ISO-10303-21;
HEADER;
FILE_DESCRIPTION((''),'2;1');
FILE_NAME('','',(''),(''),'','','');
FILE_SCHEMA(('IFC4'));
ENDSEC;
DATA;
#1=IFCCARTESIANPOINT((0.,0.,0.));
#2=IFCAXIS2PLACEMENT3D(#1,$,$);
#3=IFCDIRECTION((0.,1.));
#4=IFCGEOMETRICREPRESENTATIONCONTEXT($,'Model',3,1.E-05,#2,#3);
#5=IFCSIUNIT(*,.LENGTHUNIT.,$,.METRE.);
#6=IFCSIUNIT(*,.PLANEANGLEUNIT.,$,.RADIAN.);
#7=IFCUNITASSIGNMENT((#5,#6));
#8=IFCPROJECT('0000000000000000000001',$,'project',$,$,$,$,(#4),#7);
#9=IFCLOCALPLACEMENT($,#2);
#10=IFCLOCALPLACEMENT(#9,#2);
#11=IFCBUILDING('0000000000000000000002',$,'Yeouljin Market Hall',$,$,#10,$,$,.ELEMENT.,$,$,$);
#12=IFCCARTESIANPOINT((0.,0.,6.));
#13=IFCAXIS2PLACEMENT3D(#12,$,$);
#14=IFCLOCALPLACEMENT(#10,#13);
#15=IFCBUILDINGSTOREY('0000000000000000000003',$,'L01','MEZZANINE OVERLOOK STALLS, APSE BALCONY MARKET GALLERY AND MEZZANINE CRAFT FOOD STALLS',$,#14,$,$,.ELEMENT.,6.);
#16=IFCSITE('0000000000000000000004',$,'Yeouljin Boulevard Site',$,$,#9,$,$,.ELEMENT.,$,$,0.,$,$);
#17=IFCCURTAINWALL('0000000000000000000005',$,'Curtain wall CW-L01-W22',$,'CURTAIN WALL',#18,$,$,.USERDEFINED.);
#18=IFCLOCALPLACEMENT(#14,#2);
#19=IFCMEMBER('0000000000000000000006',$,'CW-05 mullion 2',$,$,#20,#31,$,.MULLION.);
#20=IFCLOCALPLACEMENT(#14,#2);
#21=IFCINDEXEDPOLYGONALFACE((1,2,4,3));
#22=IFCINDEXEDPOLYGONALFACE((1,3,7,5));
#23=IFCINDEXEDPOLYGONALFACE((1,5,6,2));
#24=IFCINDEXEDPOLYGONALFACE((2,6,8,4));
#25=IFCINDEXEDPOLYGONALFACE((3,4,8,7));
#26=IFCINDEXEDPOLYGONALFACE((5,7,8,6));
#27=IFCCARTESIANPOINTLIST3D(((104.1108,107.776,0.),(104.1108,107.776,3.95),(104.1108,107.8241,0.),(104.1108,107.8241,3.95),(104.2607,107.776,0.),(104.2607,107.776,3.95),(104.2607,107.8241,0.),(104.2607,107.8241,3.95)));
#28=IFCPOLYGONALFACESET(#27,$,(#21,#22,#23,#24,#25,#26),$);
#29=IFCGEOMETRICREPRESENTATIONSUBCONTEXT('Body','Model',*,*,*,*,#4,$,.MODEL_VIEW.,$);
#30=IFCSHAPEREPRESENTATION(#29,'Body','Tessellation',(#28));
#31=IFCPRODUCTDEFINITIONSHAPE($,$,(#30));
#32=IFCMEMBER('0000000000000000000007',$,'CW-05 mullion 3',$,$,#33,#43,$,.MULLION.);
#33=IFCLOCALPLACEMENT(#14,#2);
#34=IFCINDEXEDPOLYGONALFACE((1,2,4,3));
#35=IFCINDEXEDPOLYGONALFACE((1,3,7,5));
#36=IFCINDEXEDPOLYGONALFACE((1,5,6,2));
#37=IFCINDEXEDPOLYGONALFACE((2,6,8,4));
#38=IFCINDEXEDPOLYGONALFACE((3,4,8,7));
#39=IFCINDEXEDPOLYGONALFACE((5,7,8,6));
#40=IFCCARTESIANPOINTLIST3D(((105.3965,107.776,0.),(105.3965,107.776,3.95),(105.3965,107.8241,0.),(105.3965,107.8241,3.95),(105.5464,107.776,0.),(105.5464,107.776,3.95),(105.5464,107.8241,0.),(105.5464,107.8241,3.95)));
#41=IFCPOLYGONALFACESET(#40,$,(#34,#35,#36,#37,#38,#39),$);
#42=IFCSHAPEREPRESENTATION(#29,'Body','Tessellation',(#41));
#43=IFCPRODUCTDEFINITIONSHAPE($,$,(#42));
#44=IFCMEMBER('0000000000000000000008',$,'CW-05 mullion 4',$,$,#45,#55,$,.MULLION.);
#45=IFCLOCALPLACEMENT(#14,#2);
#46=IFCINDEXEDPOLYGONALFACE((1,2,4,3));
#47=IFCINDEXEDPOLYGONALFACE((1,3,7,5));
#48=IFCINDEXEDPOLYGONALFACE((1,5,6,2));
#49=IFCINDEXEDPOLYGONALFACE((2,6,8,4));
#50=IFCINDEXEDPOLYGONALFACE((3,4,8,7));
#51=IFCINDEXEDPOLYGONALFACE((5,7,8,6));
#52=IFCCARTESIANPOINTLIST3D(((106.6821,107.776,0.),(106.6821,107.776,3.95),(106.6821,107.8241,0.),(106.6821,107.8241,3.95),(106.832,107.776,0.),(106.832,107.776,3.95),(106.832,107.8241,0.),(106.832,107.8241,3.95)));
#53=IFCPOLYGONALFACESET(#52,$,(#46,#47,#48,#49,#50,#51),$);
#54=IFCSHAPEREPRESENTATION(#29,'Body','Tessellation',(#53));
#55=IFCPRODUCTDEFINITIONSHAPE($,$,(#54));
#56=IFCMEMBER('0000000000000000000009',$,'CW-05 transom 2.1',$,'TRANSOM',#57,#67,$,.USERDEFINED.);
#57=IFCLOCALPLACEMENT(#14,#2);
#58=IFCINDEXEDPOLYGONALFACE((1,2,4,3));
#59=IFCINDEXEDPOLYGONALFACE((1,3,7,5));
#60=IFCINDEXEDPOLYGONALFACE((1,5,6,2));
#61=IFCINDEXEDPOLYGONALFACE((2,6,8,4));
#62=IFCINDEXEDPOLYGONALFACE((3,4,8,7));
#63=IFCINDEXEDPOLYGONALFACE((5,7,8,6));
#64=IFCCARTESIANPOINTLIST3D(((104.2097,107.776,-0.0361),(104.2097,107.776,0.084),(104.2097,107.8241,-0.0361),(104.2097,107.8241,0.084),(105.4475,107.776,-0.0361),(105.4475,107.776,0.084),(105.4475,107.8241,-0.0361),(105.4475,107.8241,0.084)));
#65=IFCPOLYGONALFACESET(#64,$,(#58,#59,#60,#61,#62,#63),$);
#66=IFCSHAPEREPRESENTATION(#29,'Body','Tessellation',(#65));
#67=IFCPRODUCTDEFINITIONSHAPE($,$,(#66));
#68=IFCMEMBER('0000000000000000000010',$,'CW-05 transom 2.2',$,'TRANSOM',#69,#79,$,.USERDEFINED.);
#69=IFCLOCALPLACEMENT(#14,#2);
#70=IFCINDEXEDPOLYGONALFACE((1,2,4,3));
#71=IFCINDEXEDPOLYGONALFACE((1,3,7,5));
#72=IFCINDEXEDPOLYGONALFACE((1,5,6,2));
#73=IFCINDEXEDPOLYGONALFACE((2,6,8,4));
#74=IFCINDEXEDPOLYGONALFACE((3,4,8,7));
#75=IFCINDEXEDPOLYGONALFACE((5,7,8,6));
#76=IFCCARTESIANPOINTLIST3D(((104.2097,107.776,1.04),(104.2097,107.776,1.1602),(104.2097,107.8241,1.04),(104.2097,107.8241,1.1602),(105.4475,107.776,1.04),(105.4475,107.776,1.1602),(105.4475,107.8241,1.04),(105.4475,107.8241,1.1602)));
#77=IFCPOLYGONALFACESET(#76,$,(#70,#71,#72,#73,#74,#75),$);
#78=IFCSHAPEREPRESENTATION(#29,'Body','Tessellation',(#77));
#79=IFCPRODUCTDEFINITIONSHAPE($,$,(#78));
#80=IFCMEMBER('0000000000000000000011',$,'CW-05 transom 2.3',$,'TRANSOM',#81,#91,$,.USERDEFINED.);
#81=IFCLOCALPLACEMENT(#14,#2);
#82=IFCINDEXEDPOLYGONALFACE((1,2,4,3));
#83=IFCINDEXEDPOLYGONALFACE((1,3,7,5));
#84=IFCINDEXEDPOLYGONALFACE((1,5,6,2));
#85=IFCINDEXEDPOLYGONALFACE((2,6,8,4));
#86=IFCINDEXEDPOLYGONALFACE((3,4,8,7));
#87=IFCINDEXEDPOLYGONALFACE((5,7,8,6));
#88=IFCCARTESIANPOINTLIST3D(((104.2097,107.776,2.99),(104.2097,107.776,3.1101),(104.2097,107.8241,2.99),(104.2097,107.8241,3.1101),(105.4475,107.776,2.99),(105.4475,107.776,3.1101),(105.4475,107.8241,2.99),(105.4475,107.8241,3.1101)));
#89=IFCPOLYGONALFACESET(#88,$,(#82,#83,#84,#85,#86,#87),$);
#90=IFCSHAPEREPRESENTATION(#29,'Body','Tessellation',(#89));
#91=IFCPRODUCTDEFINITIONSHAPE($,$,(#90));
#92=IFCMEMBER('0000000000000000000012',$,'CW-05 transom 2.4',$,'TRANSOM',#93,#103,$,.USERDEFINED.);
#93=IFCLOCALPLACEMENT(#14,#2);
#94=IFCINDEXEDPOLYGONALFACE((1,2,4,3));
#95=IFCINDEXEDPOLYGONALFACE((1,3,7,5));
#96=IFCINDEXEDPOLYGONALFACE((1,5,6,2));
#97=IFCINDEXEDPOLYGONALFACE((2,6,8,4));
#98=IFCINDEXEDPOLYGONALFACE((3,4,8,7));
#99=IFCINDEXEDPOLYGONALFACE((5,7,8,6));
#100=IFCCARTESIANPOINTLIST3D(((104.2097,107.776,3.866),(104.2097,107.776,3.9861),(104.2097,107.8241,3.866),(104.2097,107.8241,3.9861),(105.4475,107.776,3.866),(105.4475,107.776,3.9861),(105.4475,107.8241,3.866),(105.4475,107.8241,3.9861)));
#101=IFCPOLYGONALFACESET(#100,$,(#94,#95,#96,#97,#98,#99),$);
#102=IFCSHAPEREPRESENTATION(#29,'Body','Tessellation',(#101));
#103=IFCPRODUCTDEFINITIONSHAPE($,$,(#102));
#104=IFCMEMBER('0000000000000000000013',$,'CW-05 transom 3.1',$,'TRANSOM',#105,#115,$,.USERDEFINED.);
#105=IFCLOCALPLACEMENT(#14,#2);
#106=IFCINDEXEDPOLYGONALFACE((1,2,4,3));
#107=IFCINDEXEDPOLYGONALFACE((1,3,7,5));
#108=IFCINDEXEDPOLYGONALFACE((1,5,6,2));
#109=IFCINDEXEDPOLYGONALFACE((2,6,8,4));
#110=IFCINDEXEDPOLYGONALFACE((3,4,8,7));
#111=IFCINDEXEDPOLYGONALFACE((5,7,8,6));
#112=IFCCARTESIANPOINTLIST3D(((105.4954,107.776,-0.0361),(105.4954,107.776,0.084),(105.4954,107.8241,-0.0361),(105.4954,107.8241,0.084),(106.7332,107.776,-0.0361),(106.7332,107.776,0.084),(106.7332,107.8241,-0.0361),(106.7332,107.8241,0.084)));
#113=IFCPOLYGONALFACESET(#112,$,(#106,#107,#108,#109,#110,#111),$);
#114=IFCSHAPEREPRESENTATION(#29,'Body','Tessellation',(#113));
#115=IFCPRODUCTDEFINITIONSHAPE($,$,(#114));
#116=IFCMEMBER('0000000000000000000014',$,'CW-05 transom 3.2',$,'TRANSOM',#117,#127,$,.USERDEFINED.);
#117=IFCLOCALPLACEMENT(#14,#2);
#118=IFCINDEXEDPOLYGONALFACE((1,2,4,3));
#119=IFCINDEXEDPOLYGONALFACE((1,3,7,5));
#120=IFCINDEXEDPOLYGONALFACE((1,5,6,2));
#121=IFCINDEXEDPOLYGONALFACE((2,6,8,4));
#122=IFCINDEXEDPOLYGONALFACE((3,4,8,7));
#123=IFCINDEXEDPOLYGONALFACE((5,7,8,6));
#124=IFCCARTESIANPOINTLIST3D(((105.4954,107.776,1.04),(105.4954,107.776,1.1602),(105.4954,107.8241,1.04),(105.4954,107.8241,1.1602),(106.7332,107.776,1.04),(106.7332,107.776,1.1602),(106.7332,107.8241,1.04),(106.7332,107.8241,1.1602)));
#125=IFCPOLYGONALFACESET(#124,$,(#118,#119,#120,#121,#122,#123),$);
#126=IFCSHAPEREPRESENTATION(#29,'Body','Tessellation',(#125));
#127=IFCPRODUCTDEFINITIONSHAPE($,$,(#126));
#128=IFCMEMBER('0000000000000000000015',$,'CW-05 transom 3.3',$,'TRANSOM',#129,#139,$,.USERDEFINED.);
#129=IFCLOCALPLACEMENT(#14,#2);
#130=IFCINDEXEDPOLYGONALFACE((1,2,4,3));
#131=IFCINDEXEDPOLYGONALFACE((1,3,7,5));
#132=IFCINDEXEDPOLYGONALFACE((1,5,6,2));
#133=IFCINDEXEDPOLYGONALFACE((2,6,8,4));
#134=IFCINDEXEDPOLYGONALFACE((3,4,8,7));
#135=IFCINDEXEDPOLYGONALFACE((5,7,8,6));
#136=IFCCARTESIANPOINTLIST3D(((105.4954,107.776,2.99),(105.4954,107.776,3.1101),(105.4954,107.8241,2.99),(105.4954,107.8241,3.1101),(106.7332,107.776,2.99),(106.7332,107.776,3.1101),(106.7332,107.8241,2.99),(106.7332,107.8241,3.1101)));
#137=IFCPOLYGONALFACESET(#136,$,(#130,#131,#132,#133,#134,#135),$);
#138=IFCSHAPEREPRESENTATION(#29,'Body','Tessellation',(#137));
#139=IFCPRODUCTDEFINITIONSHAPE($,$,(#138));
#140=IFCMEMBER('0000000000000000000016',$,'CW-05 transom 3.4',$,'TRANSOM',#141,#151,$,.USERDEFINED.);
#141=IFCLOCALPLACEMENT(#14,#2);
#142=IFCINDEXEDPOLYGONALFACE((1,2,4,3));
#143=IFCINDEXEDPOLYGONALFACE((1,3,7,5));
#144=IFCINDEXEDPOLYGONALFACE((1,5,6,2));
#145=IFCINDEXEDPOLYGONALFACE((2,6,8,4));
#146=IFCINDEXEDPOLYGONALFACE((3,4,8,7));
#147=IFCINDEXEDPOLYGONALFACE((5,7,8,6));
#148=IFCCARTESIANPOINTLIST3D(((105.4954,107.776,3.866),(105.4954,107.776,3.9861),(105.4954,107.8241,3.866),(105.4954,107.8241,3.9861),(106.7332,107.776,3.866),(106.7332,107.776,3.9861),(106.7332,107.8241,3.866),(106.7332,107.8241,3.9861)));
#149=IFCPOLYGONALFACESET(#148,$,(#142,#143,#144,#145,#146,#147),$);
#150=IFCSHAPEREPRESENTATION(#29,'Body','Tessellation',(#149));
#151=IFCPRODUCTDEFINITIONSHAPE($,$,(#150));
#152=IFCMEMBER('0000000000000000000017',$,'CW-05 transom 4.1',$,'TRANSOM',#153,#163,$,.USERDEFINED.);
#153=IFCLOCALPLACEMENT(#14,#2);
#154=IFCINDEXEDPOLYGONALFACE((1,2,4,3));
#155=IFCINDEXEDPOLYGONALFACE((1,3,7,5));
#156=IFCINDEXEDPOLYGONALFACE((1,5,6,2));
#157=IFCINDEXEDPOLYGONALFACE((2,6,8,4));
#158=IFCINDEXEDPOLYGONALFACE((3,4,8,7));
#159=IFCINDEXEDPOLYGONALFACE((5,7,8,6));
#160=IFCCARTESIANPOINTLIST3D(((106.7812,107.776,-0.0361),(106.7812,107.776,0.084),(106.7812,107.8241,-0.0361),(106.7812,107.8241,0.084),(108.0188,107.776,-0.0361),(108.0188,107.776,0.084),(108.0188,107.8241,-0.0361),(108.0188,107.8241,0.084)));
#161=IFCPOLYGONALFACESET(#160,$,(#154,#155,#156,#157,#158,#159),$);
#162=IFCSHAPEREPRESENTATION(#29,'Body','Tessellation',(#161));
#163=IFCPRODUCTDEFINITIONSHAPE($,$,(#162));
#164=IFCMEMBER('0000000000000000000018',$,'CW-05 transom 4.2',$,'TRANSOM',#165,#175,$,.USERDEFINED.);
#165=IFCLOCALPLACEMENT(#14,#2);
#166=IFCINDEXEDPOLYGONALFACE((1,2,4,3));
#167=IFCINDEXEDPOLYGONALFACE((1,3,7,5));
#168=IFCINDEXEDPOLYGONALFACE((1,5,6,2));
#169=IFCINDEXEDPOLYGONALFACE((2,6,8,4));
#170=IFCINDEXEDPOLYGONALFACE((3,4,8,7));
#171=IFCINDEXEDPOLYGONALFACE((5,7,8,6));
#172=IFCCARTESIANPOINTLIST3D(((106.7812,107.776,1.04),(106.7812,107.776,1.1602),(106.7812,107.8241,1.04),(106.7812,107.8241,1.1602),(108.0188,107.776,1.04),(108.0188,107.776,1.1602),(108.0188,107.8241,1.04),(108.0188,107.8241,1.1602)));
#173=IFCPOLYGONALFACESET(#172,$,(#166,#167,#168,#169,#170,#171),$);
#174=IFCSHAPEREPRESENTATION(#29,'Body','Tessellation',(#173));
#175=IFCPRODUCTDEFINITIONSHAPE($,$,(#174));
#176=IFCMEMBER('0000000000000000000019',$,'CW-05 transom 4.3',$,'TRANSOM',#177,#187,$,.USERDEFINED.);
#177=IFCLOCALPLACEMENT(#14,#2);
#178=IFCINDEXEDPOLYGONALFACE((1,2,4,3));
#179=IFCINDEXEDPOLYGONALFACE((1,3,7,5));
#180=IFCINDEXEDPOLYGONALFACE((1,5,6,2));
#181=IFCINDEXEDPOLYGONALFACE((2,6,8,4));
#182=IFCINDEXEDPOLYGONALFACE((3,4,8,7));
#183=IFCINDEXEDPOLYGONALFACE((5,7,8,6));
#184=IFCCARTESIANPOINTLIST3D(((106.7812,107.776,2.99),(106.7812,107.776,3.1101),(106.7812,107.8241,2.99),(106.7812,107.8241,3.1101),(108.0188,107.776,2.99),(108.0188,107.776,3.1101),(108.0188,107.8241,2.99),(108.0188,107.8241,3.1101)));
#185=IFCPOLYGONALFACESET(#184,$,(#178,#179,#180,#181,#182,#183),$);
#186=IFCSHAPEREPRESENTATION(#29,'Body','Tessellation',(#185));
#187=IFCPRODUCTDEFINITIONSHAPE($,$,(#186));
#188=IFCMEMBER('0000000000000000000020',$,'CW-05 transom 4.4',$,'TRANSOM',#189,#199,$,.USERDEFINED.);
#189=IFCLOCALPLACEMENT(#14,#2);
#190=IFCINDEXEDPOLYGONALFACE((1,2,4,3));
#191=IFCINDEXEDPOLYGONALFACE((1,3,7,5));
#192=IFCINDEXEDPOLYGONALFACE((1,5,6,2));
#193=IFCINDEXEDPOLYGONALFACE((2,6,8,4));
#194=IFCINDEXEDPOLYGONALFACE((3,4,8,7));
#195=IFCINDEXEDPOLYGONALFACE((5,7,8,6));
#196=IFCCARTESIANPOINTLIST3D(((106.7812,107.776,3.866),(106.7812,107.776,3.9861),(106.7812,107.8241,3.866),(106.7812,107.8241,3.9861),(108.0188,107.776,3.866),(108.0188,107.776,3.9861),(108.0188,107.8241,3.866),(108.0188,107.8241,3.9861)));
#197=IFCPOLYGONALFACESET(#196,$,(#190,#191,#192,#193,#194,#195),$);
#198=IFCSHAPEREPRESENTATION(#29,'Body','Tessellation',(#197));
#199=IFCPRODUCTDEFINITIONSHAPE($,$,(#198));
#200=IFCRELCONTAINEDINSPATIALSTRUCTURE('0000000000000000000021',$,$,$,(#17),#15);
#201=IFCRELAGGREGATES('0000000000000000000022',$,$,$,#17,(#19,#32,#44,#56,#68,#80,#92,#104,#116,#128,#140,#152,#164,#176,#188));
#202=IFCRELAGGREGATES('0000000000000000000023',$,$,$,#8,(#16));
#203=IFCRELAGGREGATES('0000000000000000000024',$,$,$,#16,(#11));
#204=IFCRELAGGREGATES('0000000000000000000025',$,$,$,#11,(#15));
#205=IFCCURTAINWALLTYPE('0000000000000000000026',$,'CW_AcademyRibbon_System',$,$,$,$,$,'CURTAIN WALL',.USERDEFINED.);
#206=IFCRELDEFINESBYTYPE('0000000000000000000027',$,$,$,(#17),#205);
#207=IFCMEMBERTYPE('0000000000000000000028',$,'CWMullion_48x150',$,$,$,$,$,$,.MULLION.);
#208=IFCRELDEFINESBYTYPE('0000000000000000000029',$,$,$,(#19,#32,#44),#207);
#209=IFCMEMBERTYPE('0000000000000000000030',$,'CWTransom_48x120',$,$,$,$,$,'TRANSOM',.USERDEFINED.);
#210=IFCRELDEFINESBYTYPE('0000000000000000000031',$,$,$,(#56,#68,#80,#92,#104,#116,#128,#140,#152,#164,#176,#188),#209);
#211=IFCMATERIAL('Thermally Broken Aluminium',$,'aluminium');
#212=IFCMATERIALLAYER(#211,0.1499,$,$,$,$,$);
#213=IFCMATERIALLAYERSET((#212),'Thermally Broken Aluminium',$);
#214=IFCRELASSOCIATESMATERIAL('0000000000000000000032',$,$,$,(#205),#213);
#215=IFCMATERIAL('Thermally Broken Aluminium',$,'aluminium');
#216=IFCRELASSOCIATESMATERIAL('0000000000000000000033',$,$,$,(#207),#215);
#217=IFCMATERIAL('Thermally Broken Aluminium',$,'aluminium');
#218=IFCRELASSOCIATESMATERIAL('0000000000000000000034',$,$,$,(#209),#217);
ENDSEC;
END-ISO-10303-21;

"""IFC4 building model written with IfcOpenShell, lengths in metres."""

from ifc_helpers import new_model, si_unit, direction, frame, origin, origin_2d, place, context, subcontext, project, spatial, rectangle, extrude, material, layer, layer_set, material_profile, profile_set, type_object, element, aggregate, save


model = new_model("IFC4")

# Units and contexts
model_context = context("Model", 3, precision=1e-05, world=origin(), true_north=direction((0.0, 1.0)))
body_context = subcontext(model_context, "Body", "Model", "MODEL_VIEW")
ifc_project = project(units=[si_unit("LENGTHUNIT", "METRE"), si_unit("PLANEANGLEUNIT", "RADIAN")], contexts=[model_context])

# Site, building, storey
site_placement = place(None, origin())
site = spatial("IfcSite", under=ifc_project, at=site_placement, Name="Yeouljin Boulevard Site", CompositionType="ELEMENT", RefElevation=0.0)
building_placement = place(site_placement, origin())
building = spatial("IfcBuilding", under=site, at=building_placement, Name="Yeouljin Market Hall", CompositionType="ELEMENT")
storey_placement = place(building_placement, frame((0.0, 0.0, 6.0)))
storey = spatial("IfcBuildingStorey", under=building, at=storey_placement, Name="L01", Description="MEZZANINE OVERLOOK STALLS, APSE BALCONY MARKET GALLERY AND MEZZANINE CRAFT FOOD STALLS", CompositionType="ELEMENT", Elevation=6.0)

# Curtain wall, members
ifc_material_1 = material(Name="Thermally Broken Aluminium", Category="aluminium")
ifc_layer_1 = layer(ifc_material_1, 0.1499)
ifc_layer_set_1 = layer_set([ifc_layer_1], Name="Thermally Broken Aluminium")
curtain_wall_type = type_object("IfcCurtainWallType", Name="CW_AcademyRibbon_System", ElementType="CURTAIN WALL", PredefinedType="USERDEFINED", material=ifc_layer_set_1)
curtain_wall_placement = place(storey_placement, origin())
curtain_wall = element("IfcCurtainWall", 1, at=curtain_wall_placement, inside=storey, type_object=curtain_wall_type, Name="Curtain wall CW-L01-W22", ObjectType="CURTAIN WALL", PredefinedType="USERDEFINED")
ifc_material_2 = material(Name="Thermally Broken Aluminium", Category="aluminium")
ifc_material_profile_1 = material_profile(ifc_material_2, rectangle(XDim=0.0481, YDim=0.1499, at=origin_2d()), Name="CW-MULL-48x150")
ifc_profile_set_1 = profile_set([ifc_material_profile_1], Name="Thermally Broken Aluminium")
member_type_1 = type_object("IfcMemberType", Name="CWMullion_48x150", PredefinedType="MULLION", material=ifc_profile_set_1)
member_1_placement = place(storey_placement, frame((104.1858, 107.8, 0.0), z_axis=(0.0, 0.0, 1.0), x_axis=(0.0, 1.0, 0.0)))
member_1 = element("IfcMember", 2, at=member_1_placement, type_object=member_type_1, Name="CW-05 mullion 2", PredefinedType="MULLION", context=body_context, shape_type="SweptSolid", body=[
    extrude(rectangle(XDim=0.0481, YDim=0.1499, at=origin_2d()), origin(), (0.0, 0.0, 1.0), 3.95),
])
member_2_placement = place(storey_placement, frame((105.4714, 107.8, 0.0), z_axis=(0.0, 0.0, 1.0), x_axis=(0.0, 1.0, 0.0)))
member_2 = element("IfcMember", 3, at=member_2_placement, type_object=member_type_1, Name="CW-05 mullion 3", PredefinedType="MULLION", context=body_context, shape_type="SweptSolid", body=[
    extrude(rectangle(XDim=0.0481, YDim=0.1499, at=origin_2d()), origin(), (0.0, 0.0, 1.0), 3.95),
])
member_3_placement = place(storey_placement, frame((106.7571, 107.8, 0.0), z_axis=(0.0, 0.0, 1.0), x_axis=(0.0, 1.0, 0.0)))
member_3 = element("IfcMember", 4, at=member_3_placement, type_object=member_type_1, Name="CW-05 mullion 4", PredefinedType="MULLION", context=body_context, shape_type="SweptSolid", body=[
    extrude(rectangle(XDim=0.0481, YDim=0.1499, at=origin_2d()), origin(), (0.0, 0.0, 1.0), 3.95),
])
ifc_material_3 = material(Name="Thermally Broken Aluminium", Category="aluminium")
ifc_material_profile_2 = material_profile(ifc_material_3, rectangle(XDim=0.0481, YDim=0.1201, at=origin_2d()), Name="CW-TRAN-48x120")
ifc_profile_set_2 = profile_set([ifc_material_profile_2], Name="Thermally Broken Aluminium")
member_type_2 = type_object("IfcMemberType", Name="CWTransom_48x120", ElementType="TRANSOM", PredefinedType="USERDEFINED", material=ifc_profile_set_2)
member_4_placement = place(storey_placement, frame((104.2097, 107.8, 0.0239), z_axis=(1.0, 0.0, 0.0), x_axis=(0.0, 1.0, 0.0)))
member_4 = element("IfcMember", 5, at=member_4_placement, type_object=member_type_2, Name="CW-05 transom 2.1", ObjectType="TRANSOM", PredefinedType="USERDEFINED", context=body_context, shape_type="SweptSolid", body=[
    extrude(rectangle(XDim=0.0481, YDim=0.1201, at=origin_2d()), origin(), (0.0, 0.0, 1.0), 1.2378),
])
member_5_placement = place(storey_placement, frame((104.2097, 107.8, 1.1001), z_axis=(1.0, 0.0, 0.0), x_axis=(0.0, 1.0, 0.0)))
member_5 = element("IfcMember", 6, at=member_5_placement, type_object=member_type_2, Name="CW-05 transom 2.2", ObjectType="TRANSOM", PredefinedType="USERDEFINED", context=body_context, shape_type="SweptSolid", body=[
    extrude(rectangle(XDim=0.0481, YDim=0.1201, at=origin_2d()), origin(), (0.0, 0.0, 1.0), 1.2378),
])
member_6_placement = place(storey_placement, frame((104.2097, 107.8, 3.05), z_axis=(1.0, 0.0, 0.0), x_axis=(0.0, 1.0, 0.0)))
member_6 = element("IfcMember", 7, at=member_6_placement, type_object=member_type_2, Name="CW-05 transom 2.3", ObjectType="TRANSOM", PredefinedType="USERDEFINED", context=body_context, shape_type="SweptSolid", body=[
    extrude(rectangle(XDim=0.0481, YDim=0.1201, at=origin_2d()), origin(), (0.0, 0.0, 1.0), 1.2378),
])
member_7_placement = place(storey_placement, frame((104.2097, 107.8, 3.926), z_axis=(1.0, 0.0, 0.0), x_axis=(0.0, 1.0, 0.0)))
member_7 = element("IfcMember", 8, at=member_7_placement, type_object=member_type_2, Name="CW-05 transom 2.4", ObjectType="TRANSOM", PredefinedType="USERDEFINED", context=body_context, shape_type="SweptSolid", body=[
    extrude(rectangle(XDim=0.0481, YDim=0.1201, at=origin_2d()), origin(), (0.0, 0.0, 1.0), 1.2378),
])
member_8_placement = place(storey_placement, frame((105.4954, 107.8, 0.0239), z_axis=(1.0, 0.0, 0.0), x_axis=(0.0, 1.0, 0.0)))
member_8 = element("IfcMember", 9, at=member_8_placement, type_object=member_type_2, Name="CW-05 transom 3.1", ObjectType="TRANSOM", PredefinedType="USERDEFINED", context=body_context, shape_type="SweptSolid", body=[
    extrude(rectangle(XDim=0.0481, YDim=0.1201, at=origin_2d()), origin(), (0.0, 0.0, 1.0), 1.2378),
])
member_9_placement = place(storey_placement, frame((105.4954, 107.8, 1.1001), z_axis=(1.0, 0.0, 0.0), x_axis=(0.0, 1.0, 0.0)))
member_9 = element("IfcMember", 10, at=member_9_placement, type_object=member_type_2, Name="CW-05 transom 3.2", ObjectType="TRANSOM", PredefinedType="USERDEFINED", context=body_context, shape_type="SweptSolid", body=[
    extrude(rectangle(XDim=0.0481, YDim=0.1201, at=origin_2d()), origin(), (0.0, 0.0, 1.0), 1.2378),
])
member_10_placement = place(storey_placement, frame((105.4954, 107.8, 3.05), z_axis=(1.0, 0.0, 0.0), x_axis=(0.0, 1.0, 0.0)))
member_10 = element("IfcMember", 11, at=member_10_placement, type_object=member_type_2, Name="CW-05 transom 3.3", ObjectType="TRANSOM", PredefinedType="USERDEFINED", context=body_context, shape_type="SweptSolid", body=[
    extrude(rectangle(XDim=0.0481, YDim=0.1201, at=origin_2d()), origin(), (0.0, 0.0, 1.0), 1.2378),
])
member_11_placement = place(storey_placement, frame((105.4954, 107.8, 3.926), z_axis=(1.0, 0.0, 0.0), x_axis=(0.0, 1.0, 0.0)))
member_11 = element("IfcMember", 12, at=member_11_placement, type_object=member_type_2, Name="CW-05 transom 3.4", ObjectType="TRANSOM", PredefinedType="USERDEFINED", context=body_context, shape_type="SweptSolid", body=[
    extrude(rectangle(XDim=0.0481, YDim=0.1201, at=origin_2d()), origin(), (0.0, 0.0, 1.0), 1.2378),
])
member_12_placement = place(storey_placement, frame((106.7812, 107.8, 0.0239), z_axis=(1.0, 0.0, 0.0), x_axis=(0.0, 1.0, 0.0)))
member_12 = element("IfcMember", 13, at=member_12_placement, type_object=member_type_2, Name="CW-05 transom 4.1", ObjectType="TRANSOM", PredefinedType="USERDEFINED", context=body_context, shape_type="SweptSolid", body=[
    extrude(rectangle(XDim=0.0481, YDim=0.1201, at=origin_2d()), origin(), (0.0, 0.0, 1.0), 1.2375),
])
member_13_placement = place(storey_placement, frame((106.7812, 107.8, 1.1001), z_axis=(1.0, 0.0, 0.0), x_axis=(0.0, 1.0, 0.0)))
member_13 = element("IfcMember", 14, at=member_13_placement, type_object=member_type_2, Name="CW-05 transom 4.2", ObjectType="TRANSOM", PredefinedType="USERDEFINED", context=body_context, shape_type="SweptSolid", body=[
    extrude(rectangle(XDim=0.0481, YDim=0.1201, at=origin_2d()), origin(), (0.0, 0.0, 1.0), 1.2375),
])
member_14_placement = place(storey_placement, frame((106.7812, 107.8, 3.05), z_axis=(1.0, 0.0, 0.0), x_axis=(0.0, 1.0, 0.0)))
member_14 = element("IfcMember", 15, at=member_14_placement, type_object=member_type_2, Name="CW-05 transom 4.3", ObjectType="TRANSOM", PredefinedType="USERDEFINED", context=body_context, shape_type="SweptSolid", body=[
    extrude(rectangle(XDim=0.0481, YDim=0.1201, at=origin_2d()), origin(), (0.0, 0.0, 1.0), 1.2375),
])
member_15_placement = place(storey_placement, frame((106.7812, 107.8, 3.926), z_axis=(1.0, 0.0, 0.0), x_axis=(0.0, 1.0, 0.0)))
member_15 = element("IfcMember", 16, at=member_15_placement, type_object=member_type_2, Name="CW-05 transom 4.4", ObjectType="TRANSOM", PredefinedType="USERDEFINED", context=body_context, shape_type="SweptSolid", body=[
    extrude(rectangle(XDim=0.0481, YDim=0.1201, at=origin_2d()), origin(), (0.0, 0.0, 1.0), 1.2375),
])

aggregate(curtain_wall, [member_1, member_2, member_3, member_4, member_5, member_6, member_7, member_8, member_9, member_10, member_11, member_12, member_13, member_14, member_15])

save(model, "model.ifc")
